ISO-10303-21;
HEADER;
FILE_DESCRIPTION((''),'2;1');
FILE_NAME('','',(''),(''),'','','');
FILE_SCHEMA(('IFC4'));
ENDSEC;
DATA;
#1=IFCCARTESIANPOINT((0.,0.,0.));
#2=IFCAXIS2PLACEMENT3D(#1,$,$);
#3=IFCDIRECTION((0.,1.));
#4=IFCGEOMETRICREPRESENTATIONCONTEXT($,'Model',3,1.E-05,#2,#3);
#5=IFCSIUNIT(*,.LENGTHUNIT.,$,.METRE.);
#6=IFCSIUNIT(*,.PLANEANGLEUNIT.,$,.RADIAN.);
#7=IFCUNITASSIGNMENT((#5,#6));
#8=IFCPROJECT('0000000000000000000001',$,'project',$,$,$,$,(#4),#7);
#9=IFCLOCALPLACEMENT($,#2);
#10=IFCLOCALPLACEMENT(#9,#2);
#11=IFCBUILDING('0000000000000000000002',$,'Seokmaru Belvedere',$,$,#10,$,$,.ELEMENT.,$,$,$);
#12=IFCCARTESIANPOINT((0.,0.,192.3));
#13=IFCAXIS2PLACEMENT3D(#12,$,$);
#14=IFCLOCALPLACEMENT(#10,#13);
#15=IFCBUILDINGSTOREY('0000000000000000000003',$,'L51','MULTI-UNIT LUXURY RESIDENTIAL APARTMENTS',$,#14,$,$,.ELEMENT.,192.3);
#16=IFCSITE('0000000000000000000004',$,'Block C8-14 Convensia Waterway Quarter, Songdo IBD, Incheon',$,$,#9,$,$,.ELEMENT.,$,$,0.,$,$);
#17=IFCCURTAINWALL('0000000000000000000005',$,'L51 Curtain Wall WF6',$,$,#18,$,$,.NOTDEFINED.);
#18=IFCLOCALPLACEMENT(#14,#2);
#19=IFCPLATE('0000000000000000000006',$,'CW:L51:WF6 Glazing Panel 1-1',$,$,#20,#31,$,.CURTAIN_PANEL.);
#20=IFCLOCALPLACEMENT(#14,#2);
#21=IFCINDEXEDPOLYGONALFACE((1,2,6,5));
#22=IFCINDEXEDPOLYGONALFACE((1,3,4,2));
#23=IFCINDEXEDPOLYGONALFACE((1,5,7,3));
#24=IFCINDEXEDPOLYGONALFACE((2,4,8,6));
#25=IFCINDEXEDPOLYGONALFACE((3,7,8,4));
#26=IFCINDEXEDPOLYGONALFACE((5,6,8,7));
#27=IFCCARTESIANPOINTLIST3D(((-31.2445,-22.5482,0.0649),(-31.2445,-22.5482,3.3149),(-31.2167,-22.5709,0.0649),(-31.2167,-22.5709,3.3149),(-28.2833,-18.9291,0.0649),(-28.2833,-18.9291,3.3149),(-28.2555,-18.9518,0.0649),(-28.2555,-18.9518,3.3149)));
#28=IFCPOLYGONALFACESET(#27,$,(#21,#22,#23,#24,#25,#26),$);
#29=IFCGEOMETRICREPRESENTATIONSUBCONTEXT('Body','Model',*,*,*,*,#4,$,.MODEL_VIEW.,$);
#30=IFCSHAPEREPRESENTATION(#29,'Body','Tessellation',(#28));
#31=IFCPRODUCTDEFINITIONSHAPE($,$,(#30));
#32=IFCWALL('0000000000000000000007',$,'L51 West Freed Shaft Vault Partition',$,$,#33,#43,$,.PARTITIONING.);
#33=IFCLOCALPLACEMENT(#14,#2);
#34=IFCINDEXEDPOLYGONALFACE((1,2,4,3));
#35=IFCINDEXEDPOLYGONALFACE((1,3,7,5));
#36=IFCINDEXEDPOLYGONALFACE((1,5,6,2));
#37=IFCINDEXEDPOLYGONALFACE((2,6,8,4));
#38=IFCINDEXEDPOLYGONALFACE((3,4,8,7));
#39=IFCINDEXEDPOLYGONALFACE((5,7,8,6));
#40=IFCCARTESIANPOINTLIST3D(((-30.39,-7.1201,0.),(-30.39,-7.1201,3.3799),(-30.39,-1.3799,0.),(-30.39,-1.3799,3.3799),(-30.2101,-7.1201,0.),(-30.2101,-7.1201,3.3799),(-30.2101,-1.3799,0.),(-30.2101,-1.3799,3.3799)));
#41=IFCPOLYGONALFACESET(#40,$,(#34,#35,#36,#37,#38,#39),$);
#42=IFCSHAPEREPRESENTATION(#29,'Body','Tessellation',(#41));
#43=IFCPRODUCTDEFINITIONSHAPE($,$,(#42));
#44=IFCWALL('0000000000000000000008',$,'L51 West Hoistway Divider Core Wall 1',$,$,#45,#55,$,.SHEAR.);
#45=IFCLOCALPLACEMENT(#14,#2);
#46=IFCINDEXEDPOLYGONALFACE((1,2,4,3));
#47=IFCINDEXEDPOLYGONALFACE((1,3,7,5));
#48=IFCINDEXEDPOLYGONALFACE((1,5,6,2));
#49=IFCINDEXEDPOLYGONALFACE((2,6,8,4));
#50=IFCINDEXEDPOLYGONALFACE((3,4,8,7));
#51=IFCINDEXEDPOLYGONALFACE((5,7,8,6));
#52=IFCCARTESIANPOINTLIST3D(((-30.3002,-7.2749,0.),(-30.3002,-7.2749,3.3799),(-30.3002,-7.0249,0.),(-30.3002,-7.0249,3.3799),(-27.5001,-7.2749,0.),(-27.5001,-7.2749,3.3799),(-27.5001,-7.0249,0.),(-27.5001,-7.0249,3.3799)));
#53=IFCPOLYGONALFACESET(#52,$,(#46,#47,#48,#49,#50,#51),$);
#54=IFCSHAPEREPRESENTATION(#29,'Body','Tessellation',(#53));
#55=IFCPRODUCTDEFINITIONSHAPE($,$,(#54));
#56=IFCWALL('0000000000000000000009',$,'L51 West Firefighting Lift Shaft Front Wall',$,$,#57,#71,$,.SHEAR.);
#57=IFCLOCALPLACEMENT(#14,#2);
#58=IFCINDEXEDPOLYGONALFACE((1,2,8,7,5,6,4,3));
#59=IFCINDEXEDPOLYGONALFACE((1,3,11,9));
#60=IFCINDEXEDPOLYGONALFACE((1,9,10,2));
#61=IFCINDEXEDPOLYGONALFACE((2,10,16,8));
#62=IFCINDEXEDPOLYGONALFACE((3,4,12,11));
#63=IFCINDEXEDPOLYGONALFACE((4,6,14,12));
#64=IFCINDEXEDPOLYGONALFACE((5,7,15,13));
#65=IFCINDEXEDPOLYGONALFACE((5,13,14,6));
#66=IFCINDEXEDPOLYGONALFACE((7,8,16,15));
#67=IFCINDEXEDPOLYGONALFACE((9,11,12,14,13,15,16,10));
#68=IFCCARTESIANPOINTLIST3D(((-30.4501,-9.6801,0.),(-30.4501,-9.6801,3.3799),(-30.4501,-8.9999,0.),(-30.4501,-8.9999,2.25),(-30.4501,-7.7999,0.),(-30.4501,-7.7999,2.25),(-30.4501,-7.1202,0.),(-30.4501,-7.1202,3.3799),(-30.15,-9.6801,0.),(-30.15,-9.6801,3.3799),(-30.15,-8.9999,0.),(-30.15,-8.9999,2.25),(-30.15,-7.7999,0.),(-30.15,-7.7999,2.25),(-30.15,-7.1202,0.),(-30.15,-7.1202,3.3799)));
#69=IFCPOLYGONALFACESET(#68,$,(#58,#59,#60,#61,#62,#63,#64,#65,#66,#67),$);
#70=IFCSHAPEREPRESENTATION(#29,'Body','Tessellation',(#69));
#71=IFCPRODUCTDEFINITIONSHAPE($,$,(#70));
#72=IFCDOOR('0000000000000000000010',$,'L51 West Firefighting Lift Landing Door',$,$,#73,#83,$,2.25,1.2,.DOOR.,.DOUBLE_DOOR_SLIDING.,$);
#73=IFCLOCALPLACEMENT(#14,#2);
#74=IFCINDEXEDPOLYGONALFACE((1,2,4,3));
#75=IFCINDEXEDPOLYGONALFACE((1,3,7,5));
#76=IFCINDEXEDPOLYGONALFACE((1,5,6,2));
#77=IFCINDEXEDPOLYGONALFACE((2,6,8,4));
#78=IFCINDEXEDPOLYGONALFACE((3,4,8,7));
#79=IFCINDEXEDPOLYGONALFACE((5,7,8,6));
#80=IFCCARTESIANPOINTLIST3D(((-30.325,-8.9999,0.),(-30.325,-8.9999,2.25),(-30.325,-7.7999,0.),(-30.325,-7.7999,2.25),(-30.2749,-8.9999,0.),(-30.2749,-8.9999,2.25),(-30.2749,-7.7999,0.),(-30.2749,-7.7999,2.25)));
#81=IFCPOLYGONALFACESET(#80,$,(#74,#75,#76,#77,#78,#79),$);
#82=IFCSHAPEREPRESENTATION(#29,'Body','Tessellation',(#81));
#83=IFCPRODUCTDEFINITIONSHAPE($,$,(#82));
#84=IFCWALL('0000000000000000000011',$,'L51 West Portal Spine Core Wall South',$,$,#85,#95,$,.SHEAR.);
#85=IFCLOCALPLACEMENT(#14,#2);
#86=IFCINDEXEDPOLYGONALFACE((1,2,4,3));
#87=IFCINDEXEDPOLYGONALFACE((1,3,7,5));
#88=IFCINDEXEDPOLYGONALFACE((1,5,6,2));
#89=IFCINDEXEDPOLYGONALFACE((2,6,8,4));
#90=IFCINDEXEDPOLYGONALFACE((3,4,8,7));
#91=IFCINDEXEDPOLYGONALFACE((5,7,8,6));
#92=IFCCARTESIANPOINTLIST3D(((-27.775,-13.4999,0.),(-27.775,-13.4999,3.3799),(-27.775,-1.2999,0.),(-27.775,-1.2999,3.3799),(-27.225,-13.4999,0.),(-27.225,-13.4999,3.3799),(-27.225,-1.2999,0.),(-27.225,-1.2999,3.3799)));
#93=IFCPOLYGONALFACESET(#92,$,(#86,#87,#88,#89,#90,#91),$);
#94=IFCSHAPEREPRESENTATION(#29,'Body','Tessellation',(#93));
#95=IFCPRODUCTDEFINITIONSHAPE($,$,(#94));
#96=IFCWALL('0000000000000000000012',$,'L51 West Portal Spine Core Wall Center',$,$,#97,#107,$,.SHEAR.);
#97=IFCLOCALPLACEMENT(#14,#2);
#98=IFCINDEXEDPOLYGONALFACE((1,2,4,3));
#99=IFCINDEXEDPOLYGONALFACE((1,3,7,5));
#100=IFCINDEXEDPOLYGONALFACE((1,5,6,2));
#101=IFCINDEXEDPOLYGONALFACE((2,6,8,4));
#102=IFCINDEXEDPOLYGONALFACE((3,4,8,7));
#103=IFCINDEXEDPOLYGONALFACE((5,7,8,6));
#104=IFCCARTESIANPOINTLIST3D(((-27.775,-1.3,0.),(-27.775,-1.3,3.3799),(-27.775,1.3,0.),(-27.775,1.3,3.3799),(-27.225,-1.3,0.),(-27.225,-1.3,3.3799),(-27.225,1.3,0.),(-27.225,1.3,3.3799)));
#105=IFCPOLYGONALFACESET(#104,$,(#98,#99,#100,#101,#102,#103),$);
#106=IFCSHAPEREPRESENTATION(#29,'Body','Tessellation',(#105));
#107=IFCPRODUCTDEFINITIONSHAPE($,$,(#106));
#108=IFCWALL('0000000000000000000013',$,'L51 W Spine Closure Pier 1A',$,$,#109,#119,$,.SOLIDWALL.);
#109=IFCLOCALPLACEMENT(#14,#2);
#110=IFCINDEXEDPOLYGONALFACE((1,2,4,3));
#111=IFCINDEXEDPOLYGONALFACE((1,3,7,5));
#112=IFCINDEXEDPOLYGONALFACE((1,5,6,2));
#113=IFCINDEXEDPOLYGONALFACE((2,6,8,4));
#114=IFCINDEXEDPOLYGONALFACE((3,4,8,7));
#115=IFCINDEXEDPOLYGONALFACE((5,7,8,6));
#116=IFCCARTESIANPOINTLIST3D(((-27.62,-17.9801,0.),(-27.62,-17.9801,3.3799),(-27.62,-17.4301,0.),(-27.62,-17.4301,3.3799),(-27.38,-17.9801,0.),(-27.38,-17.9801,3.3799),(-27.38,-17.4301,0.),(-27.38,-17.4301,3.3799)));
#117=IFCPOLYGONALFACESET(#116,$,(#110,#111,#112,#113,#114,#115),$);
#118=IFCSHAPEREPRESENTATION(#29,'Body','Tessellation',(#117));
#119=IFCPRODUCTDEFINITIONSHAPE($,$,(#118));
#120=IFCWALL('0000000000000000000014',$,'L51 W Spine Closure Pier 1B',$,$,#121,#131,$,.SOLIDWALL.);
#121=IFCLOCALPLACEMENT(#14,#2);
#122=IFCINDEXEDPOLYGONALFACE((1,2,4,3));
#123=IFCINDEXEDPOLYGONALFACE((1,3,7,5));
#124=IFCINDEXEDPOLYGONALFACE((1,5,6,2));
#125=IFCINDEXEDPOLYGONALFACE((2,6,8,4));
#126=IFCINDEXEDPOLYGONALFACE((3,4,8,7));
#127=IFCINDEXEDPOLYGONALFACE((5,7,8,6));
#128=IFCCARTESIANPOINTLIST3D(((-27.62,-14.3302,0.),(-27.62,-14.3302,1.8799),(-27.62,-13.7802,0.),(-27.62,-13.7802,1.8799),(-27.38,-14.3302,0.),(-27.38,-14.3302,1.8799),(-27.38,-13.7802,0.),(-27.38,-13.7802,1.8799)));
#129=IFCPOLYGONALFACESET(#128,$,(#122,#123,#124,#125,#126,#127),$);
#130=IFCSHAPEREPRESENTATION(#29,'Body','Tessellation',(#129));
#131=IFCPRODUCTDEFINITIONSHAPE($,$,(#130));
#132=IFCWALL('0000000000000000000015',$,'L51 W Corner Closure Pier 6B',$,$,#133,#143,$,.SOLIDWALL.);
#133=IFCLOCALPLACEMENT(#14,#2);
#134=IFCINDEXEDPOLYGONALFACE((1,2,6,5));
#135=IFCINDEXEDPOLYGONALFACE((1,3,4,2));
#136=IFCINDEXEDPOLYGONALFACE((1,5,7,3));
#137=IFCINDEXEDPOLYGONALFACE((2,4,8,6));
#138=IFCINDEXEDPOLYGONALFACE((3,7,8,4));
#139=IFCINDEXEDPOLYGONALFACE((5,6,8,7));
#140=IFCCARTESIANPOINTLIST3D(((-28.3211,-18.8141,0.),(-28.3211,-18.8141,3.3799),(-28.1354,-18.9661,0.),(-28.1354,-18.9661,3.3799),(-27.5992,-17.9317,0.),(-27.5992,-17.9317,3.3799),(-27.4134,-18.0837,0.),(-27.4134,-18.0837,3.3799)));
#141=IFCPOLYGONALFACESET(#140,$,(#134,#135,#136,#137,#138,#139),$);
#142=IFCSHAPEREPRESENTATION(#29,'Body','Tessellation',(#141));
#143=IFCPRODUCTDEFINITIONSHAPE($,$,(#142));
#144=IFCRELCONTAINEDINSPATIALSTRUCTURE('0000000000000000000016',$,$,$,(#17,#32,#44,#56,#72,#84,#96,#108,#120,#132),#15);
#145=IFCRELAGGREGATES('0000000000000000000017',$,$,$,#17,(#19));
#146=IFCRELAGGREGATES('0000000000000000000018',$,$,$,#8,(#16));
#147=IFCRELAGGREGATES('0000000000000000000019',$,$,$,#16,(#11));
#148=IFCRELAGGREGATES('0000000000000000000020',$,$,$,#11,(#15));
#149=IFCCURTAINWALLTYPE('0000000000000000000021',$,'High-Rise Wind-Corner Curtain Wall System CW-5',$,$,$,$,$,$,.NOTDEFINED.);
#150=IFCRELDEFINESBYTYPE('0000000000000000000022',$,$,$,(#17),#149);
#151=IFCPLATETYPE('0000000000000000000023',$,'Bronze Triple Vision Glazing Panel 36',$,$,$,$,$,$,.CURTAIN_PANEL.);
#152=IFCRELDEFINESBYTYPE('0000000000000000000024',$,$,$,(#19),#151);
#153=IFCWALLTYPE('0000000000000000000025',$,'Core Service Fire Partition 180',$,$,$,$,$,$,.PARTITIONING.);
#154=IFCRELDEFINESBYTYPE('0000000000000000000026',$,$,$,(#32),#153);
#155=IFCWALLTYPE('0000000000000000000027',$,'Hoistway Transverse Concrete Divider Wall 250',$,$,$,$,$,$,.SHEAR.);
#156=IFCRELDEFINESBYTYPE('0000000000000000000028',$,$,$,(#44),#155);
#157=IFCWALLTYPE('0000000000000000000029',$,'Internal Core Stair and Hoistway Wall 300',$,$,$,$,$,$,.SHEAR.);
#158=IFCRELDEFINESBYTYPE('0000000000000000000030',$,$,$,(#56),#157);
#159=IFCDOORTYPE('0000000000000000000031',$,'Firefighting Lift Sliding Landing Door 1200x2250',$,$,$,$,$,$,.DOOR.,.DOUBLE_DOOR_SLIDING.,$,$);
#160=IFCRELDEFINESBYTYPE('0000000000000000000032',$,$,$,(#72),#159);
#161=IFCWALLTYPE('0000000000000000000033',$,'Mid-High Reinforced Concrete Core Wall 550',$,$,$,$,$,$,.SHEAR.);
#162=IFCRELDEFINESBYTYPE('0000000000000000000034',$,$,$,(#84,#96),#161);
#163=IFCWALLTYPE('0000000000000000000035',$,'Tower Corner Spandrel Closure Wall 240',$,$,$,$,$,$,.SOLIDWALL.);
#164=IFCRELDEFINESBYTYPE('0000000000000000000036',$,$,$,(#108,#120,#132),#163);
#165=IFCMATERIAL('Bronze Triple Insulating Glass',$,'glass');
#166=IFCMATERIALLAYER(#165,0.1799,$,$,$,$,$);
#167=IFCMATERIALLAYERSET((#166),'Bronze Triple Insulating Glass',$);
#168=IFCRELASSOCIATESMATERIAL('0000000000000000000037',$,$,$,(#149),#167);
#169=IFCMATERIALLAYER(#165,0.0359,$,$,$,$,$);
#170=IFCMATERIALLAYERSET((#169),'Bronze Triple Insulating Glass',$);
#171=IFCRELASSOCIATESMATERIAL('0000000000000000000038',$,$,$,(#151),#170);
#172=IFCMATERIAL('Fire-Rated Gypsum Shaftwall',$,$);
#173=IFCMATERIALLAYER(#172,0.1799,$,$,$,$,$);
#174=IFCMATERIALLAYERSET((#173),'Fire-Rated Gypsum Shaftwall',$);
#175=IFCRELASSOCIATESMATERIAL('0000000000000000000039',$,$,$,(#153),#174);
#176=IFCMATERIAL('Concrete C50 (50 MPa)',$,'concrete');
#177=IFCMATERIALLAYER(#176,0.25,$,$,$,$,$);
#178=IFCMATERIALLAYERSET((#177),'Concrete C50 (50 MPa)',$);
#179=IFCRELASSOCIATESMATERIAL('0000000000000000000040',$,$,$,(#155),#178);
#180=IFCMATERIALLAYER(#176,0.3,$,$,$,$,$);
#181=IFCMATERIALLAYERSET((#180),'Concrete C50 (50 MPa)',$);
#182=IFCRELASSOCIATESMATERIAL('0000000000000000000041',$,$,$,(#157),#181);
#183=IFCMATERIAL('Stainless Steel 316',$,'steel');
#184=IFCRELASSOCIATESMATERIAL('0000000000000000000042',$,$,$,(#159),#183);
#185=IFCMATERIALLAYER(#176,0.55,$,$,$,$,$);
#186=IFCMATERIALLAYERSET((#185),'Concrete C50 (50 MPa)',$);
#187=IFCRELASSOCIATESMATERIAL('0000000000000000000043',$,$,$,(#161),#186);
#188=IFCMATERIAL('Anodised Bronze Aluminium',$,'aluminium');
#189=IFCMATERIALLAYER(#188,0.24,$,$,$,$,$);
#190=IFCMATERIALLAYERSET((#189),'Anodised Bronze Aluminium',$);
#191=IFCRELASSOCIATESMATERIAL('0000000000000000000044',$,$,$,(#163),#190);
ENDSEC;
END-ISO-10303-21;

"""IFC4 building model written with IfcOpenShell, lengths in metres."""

from ifc_helpers import new_model, si_unit, direction, frame, frame_2d, origin, origin_2d, place, context, subcontext, project, spatial, rectangle, extrude, source, transform, mapped, material, layer, layer_set, type_object, type_shapes, element, fill, aggregate, save


model = new_model("IFC4")

# Units and contexts
model_context = context("Model", 3, precision=1e-05, world=origin(), true_north=direction((0.0, 1.0)))
body_context = subcontext(model_context, "Body", "Model", "MODEL_VIEW")
ifc_project = project(units=[si_unit("LENGTHUNIT", "METRE"), si_unit("PLANEANGLEUNIT", "RADIAN")], contexts=[model_context])

# Site, building, storey
site_placement = place(None, origin())
site = spatial("IfcSite", under=ifc_project, at=site_placement, Name="Block C8-14 Convensia Waterway Quarter, Songdo IBD, Incheon", CompositionType="ELEMENT", RefElevation=0.0)
building_placement = place(site_placement, origin())
building = spatial("IfcBuilding", under=site, at=building_placement, Name="Seokmaru Belvedere", CompositionType="ELEMENT")
storey_placement = place(building_placement, frame((0.0, 0.0, 192.3)))
storey = spatial("IfcBuildingStorey", under=building, at=storey_placement, Name="L51", Description="MULTI-UNIT LUXURY RESIDENTIAL APARTMENTS", CompositionType="ELEMENT", Elevation=192.3)

# Shared definitions
ifc_material_1 = material(Name="Bronze Triple Insulating Glass", Category="glass")
ifc_layer_1 = layer(ifc_material_1, 0.1799)
ifc_layer_set_1 = layer_set([ifc_layer_1], Name="Bronze Triple Insulating Glass")
curtain_wall_type = type_object("IfcCurtainWallType", Name="High-Rise Wind-Corner Curtain Wall System CW-5", PredefinedType="NOTDEFINED", material=ifc_layer_set_1)
ifc_material_2 = material(Name="Anodised Bronze Aluminium", Category="aluminium")

# Curtain wall
curtain_wall_1_placement = place(storey_placement, origin())
curtain_wall_1 = element("IfcCurtainWall", 1, at=curtain_wall_1_placement, inside=storey, type_object=curtain_wall_type, Name="L51 Curtain Wall WF6", PredefinedType="NOTDEFINED")

# Plate
ifc_layer_2 = layer(ifc_material_1, 0.0359)
ifc_layer_set_2 = layer_set([ifc_layer_2], Name="Bronze Triple Insulating Glass")
plate_type = type_object("IfcPlateType", Name="Bronze Triple Vision Glazing Panel 36", PredefinedType="CURTAIN_PANEL", material=ifc_layer_set_2)
shared_shape_1 = source(origin(), body_context, "Body", "SweptSolid", [
    extrude(rectangle(XDim=4.6763, YDim=0.0359, at=origin_2d()), origin(), (0.0, 0.0, 1.0), 3.25),
])
plate_1_placement = place(storey_placement, frame((-29.75, -20.75, 0.0649), z_axis=(0.0, 0.0, 1.0), x_axis=(0.633254, 0.773944, 0.0)))
plate_1 = element("IfcPlate", 2, at=plate_1_placement, type_object=plate_type, Name="CW:L51:WF6 Glazing Panel 1-1", PredefinedType="CURTAIN_PANEL", context=body_context, shape_type="MappedRepresentation", body=[
    mapped(shared_shape_1, transform((0.0, 0.0, 0.0), scale=1.0)),
])
aggregate(curtain_wall_1, [plate_1])

# Shared definitions
ifc_material_3 = material(Name="Fire-Rated Gypsum Shaftwall")
ifc_layer_3 = layer(ifc_material_3, 0.1799)
ifc_layer_set_3 = layer_set([ifc_layer_3], Name="Fire-Rated Gypsum Shaftwall")
wall_type_1 = type_object("IfcWallType", Name="Core Service Fire Partition 180", PredefinedType="PARTITIONING", material=ifc_layer_set_3)

# Walls
wall_1_placement = place(storey_placement, frame((-30.3, -7.1201, 0.0), z_axis=(0.0, 0.0, 1.0), x_axis=(0.0, 1.0, 0.0)))
element("IfcWall", 3, at=wall_1_placement, inside=storey, type_object=wall_type_1, Name="L51 West Freed Shaft Vault Partition", PredefinedType="PARTITIONING", context=body_context, shape_type="SweptSolid", body=[
    extrude(rectangle(XDim=5.7402, YDim=0.1799, at=frame_2d((2.8701, 0.0))), origin(), (0.0, 0.0, 1.0), 3.3799),
])
ifc_material_4 = material(Name="Concrete C50 (50 MPa)", Category="concrete")
ifc_layer_4 = layer(ifc_material_4, 0.25)
ifc_layer_set_4 = layer_set([ifc_layer_4], Name="Concrete C50 (50 MPa)")
wall_type_2 = type_object("IfcWallType", Name="Hoistway Transverse Concrete Divider Wall 250", PredefinedType="SHEAR", material=ifc_layer_set_4)
wall_2_placement = place(storey_placement, frame((-30.3, -7.1499, 0.0), z_axis=(0.0, 0.0, 1.0), x_axis=(1.0, 0.0, 0.0)))
element("IfcWall", 4, at=wall_2_placement, inside=storey, type_object=wall_type_2, Name="L51 West Hoistway Divider Core Wall 1", PredefinedType="SHEAR", context=body_context, shape_type="SweptSolid", body=[
    extrude(rectangle(XDim=2.8, YDim=0.25, at=frame_2d((1.3999, 0.0))), origin(), (0.0, 0.0, 1.0), 3.3799),
])

# Wall, opening, door
ifc_layer_5 = layer(ifc_material_4, 0.3)
ifc_layer_set_5 = layer_set([ifc_layer_5], Name="Concrete C50 (50 MPa)")
wall_type_3 = type_object("IfcWallType", Name="Internal Core Stair and Hoistway Wall 300", PredefinedType="SHEAR", material=ifc_layer_set_5)
wall_3_placement = place(storey_placement, frame((-30.3, -9.6799, 0.0), z_axis=(0.0, 0.0, 1.0), x_axis=(0.0, 1.0, 0.0)))
wall_3 = element("IfcWall", 5, at=wall_3_placement, inside=storey, type_object=wall_type_3, Name="L51 West Firefighting Lift Shaft Front Wall", PredefinedType="SHEAR", context=body_context, shape_type="SweptSolid", body=[
    extrude(rectangle(XDim=2.5598, YDim=0.3, at=frame_2d((1.2798, 0.0))), origin(), (0.0, 0.0, 1.0), 3.3799),
])
opening_1_placement = place(wall_3_placement, frame((0.6799, 0.0, 0.0)))
opening_1 = element("IfcOpeningElement", 6, at=opening_1_placement, cuts=wall_3, PredefinedType="OPENING", context=body_context, shape_type="SweptSolid", body=[
    extrude(rectangle(XDim=1.2, YDim=2.25, at=frame_2d((0.6001, 1.125))), frame((0.0, 0.1602, 0.0), z_axis=(0.0, -1.0, 0.0), x_axis=(1.0, 0.0, 0.0)), (0.0, 0.0, 1.0), 0.3201),
])
ifc_material_5 = material(Name="Stainless Steel 316", Category="steel")
door_type_1 = type_object("IfcDoorType", Name="Firefighting Lift Sliding Landing Door 1200x2250", OperationType="DOUBLE_DOOR_SLIDING", PredefinedType="DOOR", material=ifc_material_5)
shared_shape_2 = source(origin(), body_context, "Body", "SweptSolid", [
    extrude(rectangle(XDim=1.2, YDim=2.25, at=frame_2d((0.6001, 1.125))), frame((0.0, 0.0249, 0.0), z_axis=(0.0, -1.0, 0.0), x_axis=(1.0, 0.0, 0.0)), (0.0, 0.0, 1.0), 0.05),
])
type_shapes(door_type_1, [shared_shape_2])
door_1_placement = place(opening_1_placement, origin())
door_1 = element("IfcDoor", 7, at=door_1_placement, inside=storey, type_object=door_type_1, Name="L51 West Firefighting Lift Landing Door", OperationType="DOUBLE_DOOR_SLIDING", OverallHeight=2.25, OverallWidth=1.2, PredefinedType="DOOR", context=body_context, shape_type="MappedRepresentation", body=[
    mapped(shared_shape_2, transform((0.0, 0.0, 0.0), scale=1.0)),
])
fill(opening_1, door_1)

# Walls
ifc_layer_6 = layer(ifc_material_4, 0.55)
ifc_layer_set_6 = layer_set([ifc_layer_6], Name="Concrete C50 (50 MPa)")
wall_type_4 = type_object("IfcWallType", Name="Mid-High Reinforced Concrete Core Wall 550", PredefinedType="SHEAR", material=ifc_layer_set_6)
wall_4_placement = place(storey_placement, frame((-27.5, -13.5, 0.0), z_axis=(0.0, 0.0, 1.0), x_axis=(0.0, 1.0, 0.0)))
element("IfcWall", 8, at=wall_4_placement, inside=storey, type_object=wall_type_4, Name="L51 West Portal Spine Core Wall South", PredefinedType="SHEAR", context=body_context, shape_type="SweptSolid", body=[
    extrude(rectangle(XDim=12.2, YDim=0.55, at=frame_2d((6.1001, 0.0))), origin(), (0.0, 0.0, 1.0), 3.3799),
])
wall_5_placement = place(storey_placement, frame((-27.5, -1.3, 0.0), z_axis=(0.0, 0.0, 1.0), x_axis=(0.0, 1.0, 0.0)))
element("IfcWall", 9, at=wall_5_placement, inside=storey, type_object=wall_type_4, Name="L51 West Portal Spine Core Wall Center", PredefinedType="SHEAR", context=body_context, shape_type="SweptSolid", body=[
    extrude(rectangle(XDim=2.6001, YDim=0.55, at=frame_2d((1.3, 0.0))), origin(), (0.0, 0.0, 1.0), 3.3799),
])
ifc_layer_7 = layer(ifc_material_2, 0.24)
ifc_layer_set_7 = layer_set([ifc_layer_7], Name="Anodised Bronze Aluminium")
wall_type_5 = type_object("IfcWallType", Name="Tower Corner Spandrel Closure Wall 240", PredefinedType="SOLIDWALL", material=ifc_layer_set_7)
wall_6_placement = place(storey_placement, frame((-27.5, -17.98, 0.0), z_axis=(0.0, 0.0, 1.0), x_axis=(0.0, 1.0, 0.0)))
element("IfcWall", 10, at=wall_6_placement, inside=storey, type_object=wall_type_5, Name="L51 W Spine Closure Pier 1A", PredefinedType="SOLIDWALL", context=body_context, shape_type="SweptSolid", body=[
    extrude(rectangle(XDim=0.55, YDim=0.24, at=frame_2d((0.2749, 0.0))), origin(), (0.0, 0.0, 1.0), 3.3799),
])
wall_7_placement = place(storey_placement, frame((-27.5, -14.3301, 0.0), z_axis=(0.0, 0.0, 1.0), x_axis=(0.0, 1.0, 0.0)))
element("IfcWall", 11, at=wall_7_placement, inside=storey, type_object=wall_type_5, Name="L51 W Spine Closure Pier 1B", PredefinedType="SOLIDWALL", context=body_context, shape_type="SweptSolid", body=[
    extrude(rectangle(XDim=0.55, YDim=0.24, at=frame_2d((0.2749, 0.0))), origin(), (0.0, 0.0, 1.0), 1.8799),
])
wall_8_placement = place(storey_placement, frame((-28.2283, -18.8901, 0.0), z_axis=(0.0, 0.0, 1.0), x_axis=(0.633249, 0.773948, 0.0)))
element("IfcWall", 12, at=wall_8_placement, inside=storey, type_object=wall_type_5, Name="L51 W Corner Closure Pier 6B", PredefinedType="SOLIDWALL", context=body_context, shape_type="SweptSolid", body=[
    extrude(rectangle(XDim=1.1401, YDim=0.24, at=frame_2d((0.5701, 0.0))), origin(), (0.0, 0.0, 1.0), 3.3799),
])

save(model, "model.ifc")
